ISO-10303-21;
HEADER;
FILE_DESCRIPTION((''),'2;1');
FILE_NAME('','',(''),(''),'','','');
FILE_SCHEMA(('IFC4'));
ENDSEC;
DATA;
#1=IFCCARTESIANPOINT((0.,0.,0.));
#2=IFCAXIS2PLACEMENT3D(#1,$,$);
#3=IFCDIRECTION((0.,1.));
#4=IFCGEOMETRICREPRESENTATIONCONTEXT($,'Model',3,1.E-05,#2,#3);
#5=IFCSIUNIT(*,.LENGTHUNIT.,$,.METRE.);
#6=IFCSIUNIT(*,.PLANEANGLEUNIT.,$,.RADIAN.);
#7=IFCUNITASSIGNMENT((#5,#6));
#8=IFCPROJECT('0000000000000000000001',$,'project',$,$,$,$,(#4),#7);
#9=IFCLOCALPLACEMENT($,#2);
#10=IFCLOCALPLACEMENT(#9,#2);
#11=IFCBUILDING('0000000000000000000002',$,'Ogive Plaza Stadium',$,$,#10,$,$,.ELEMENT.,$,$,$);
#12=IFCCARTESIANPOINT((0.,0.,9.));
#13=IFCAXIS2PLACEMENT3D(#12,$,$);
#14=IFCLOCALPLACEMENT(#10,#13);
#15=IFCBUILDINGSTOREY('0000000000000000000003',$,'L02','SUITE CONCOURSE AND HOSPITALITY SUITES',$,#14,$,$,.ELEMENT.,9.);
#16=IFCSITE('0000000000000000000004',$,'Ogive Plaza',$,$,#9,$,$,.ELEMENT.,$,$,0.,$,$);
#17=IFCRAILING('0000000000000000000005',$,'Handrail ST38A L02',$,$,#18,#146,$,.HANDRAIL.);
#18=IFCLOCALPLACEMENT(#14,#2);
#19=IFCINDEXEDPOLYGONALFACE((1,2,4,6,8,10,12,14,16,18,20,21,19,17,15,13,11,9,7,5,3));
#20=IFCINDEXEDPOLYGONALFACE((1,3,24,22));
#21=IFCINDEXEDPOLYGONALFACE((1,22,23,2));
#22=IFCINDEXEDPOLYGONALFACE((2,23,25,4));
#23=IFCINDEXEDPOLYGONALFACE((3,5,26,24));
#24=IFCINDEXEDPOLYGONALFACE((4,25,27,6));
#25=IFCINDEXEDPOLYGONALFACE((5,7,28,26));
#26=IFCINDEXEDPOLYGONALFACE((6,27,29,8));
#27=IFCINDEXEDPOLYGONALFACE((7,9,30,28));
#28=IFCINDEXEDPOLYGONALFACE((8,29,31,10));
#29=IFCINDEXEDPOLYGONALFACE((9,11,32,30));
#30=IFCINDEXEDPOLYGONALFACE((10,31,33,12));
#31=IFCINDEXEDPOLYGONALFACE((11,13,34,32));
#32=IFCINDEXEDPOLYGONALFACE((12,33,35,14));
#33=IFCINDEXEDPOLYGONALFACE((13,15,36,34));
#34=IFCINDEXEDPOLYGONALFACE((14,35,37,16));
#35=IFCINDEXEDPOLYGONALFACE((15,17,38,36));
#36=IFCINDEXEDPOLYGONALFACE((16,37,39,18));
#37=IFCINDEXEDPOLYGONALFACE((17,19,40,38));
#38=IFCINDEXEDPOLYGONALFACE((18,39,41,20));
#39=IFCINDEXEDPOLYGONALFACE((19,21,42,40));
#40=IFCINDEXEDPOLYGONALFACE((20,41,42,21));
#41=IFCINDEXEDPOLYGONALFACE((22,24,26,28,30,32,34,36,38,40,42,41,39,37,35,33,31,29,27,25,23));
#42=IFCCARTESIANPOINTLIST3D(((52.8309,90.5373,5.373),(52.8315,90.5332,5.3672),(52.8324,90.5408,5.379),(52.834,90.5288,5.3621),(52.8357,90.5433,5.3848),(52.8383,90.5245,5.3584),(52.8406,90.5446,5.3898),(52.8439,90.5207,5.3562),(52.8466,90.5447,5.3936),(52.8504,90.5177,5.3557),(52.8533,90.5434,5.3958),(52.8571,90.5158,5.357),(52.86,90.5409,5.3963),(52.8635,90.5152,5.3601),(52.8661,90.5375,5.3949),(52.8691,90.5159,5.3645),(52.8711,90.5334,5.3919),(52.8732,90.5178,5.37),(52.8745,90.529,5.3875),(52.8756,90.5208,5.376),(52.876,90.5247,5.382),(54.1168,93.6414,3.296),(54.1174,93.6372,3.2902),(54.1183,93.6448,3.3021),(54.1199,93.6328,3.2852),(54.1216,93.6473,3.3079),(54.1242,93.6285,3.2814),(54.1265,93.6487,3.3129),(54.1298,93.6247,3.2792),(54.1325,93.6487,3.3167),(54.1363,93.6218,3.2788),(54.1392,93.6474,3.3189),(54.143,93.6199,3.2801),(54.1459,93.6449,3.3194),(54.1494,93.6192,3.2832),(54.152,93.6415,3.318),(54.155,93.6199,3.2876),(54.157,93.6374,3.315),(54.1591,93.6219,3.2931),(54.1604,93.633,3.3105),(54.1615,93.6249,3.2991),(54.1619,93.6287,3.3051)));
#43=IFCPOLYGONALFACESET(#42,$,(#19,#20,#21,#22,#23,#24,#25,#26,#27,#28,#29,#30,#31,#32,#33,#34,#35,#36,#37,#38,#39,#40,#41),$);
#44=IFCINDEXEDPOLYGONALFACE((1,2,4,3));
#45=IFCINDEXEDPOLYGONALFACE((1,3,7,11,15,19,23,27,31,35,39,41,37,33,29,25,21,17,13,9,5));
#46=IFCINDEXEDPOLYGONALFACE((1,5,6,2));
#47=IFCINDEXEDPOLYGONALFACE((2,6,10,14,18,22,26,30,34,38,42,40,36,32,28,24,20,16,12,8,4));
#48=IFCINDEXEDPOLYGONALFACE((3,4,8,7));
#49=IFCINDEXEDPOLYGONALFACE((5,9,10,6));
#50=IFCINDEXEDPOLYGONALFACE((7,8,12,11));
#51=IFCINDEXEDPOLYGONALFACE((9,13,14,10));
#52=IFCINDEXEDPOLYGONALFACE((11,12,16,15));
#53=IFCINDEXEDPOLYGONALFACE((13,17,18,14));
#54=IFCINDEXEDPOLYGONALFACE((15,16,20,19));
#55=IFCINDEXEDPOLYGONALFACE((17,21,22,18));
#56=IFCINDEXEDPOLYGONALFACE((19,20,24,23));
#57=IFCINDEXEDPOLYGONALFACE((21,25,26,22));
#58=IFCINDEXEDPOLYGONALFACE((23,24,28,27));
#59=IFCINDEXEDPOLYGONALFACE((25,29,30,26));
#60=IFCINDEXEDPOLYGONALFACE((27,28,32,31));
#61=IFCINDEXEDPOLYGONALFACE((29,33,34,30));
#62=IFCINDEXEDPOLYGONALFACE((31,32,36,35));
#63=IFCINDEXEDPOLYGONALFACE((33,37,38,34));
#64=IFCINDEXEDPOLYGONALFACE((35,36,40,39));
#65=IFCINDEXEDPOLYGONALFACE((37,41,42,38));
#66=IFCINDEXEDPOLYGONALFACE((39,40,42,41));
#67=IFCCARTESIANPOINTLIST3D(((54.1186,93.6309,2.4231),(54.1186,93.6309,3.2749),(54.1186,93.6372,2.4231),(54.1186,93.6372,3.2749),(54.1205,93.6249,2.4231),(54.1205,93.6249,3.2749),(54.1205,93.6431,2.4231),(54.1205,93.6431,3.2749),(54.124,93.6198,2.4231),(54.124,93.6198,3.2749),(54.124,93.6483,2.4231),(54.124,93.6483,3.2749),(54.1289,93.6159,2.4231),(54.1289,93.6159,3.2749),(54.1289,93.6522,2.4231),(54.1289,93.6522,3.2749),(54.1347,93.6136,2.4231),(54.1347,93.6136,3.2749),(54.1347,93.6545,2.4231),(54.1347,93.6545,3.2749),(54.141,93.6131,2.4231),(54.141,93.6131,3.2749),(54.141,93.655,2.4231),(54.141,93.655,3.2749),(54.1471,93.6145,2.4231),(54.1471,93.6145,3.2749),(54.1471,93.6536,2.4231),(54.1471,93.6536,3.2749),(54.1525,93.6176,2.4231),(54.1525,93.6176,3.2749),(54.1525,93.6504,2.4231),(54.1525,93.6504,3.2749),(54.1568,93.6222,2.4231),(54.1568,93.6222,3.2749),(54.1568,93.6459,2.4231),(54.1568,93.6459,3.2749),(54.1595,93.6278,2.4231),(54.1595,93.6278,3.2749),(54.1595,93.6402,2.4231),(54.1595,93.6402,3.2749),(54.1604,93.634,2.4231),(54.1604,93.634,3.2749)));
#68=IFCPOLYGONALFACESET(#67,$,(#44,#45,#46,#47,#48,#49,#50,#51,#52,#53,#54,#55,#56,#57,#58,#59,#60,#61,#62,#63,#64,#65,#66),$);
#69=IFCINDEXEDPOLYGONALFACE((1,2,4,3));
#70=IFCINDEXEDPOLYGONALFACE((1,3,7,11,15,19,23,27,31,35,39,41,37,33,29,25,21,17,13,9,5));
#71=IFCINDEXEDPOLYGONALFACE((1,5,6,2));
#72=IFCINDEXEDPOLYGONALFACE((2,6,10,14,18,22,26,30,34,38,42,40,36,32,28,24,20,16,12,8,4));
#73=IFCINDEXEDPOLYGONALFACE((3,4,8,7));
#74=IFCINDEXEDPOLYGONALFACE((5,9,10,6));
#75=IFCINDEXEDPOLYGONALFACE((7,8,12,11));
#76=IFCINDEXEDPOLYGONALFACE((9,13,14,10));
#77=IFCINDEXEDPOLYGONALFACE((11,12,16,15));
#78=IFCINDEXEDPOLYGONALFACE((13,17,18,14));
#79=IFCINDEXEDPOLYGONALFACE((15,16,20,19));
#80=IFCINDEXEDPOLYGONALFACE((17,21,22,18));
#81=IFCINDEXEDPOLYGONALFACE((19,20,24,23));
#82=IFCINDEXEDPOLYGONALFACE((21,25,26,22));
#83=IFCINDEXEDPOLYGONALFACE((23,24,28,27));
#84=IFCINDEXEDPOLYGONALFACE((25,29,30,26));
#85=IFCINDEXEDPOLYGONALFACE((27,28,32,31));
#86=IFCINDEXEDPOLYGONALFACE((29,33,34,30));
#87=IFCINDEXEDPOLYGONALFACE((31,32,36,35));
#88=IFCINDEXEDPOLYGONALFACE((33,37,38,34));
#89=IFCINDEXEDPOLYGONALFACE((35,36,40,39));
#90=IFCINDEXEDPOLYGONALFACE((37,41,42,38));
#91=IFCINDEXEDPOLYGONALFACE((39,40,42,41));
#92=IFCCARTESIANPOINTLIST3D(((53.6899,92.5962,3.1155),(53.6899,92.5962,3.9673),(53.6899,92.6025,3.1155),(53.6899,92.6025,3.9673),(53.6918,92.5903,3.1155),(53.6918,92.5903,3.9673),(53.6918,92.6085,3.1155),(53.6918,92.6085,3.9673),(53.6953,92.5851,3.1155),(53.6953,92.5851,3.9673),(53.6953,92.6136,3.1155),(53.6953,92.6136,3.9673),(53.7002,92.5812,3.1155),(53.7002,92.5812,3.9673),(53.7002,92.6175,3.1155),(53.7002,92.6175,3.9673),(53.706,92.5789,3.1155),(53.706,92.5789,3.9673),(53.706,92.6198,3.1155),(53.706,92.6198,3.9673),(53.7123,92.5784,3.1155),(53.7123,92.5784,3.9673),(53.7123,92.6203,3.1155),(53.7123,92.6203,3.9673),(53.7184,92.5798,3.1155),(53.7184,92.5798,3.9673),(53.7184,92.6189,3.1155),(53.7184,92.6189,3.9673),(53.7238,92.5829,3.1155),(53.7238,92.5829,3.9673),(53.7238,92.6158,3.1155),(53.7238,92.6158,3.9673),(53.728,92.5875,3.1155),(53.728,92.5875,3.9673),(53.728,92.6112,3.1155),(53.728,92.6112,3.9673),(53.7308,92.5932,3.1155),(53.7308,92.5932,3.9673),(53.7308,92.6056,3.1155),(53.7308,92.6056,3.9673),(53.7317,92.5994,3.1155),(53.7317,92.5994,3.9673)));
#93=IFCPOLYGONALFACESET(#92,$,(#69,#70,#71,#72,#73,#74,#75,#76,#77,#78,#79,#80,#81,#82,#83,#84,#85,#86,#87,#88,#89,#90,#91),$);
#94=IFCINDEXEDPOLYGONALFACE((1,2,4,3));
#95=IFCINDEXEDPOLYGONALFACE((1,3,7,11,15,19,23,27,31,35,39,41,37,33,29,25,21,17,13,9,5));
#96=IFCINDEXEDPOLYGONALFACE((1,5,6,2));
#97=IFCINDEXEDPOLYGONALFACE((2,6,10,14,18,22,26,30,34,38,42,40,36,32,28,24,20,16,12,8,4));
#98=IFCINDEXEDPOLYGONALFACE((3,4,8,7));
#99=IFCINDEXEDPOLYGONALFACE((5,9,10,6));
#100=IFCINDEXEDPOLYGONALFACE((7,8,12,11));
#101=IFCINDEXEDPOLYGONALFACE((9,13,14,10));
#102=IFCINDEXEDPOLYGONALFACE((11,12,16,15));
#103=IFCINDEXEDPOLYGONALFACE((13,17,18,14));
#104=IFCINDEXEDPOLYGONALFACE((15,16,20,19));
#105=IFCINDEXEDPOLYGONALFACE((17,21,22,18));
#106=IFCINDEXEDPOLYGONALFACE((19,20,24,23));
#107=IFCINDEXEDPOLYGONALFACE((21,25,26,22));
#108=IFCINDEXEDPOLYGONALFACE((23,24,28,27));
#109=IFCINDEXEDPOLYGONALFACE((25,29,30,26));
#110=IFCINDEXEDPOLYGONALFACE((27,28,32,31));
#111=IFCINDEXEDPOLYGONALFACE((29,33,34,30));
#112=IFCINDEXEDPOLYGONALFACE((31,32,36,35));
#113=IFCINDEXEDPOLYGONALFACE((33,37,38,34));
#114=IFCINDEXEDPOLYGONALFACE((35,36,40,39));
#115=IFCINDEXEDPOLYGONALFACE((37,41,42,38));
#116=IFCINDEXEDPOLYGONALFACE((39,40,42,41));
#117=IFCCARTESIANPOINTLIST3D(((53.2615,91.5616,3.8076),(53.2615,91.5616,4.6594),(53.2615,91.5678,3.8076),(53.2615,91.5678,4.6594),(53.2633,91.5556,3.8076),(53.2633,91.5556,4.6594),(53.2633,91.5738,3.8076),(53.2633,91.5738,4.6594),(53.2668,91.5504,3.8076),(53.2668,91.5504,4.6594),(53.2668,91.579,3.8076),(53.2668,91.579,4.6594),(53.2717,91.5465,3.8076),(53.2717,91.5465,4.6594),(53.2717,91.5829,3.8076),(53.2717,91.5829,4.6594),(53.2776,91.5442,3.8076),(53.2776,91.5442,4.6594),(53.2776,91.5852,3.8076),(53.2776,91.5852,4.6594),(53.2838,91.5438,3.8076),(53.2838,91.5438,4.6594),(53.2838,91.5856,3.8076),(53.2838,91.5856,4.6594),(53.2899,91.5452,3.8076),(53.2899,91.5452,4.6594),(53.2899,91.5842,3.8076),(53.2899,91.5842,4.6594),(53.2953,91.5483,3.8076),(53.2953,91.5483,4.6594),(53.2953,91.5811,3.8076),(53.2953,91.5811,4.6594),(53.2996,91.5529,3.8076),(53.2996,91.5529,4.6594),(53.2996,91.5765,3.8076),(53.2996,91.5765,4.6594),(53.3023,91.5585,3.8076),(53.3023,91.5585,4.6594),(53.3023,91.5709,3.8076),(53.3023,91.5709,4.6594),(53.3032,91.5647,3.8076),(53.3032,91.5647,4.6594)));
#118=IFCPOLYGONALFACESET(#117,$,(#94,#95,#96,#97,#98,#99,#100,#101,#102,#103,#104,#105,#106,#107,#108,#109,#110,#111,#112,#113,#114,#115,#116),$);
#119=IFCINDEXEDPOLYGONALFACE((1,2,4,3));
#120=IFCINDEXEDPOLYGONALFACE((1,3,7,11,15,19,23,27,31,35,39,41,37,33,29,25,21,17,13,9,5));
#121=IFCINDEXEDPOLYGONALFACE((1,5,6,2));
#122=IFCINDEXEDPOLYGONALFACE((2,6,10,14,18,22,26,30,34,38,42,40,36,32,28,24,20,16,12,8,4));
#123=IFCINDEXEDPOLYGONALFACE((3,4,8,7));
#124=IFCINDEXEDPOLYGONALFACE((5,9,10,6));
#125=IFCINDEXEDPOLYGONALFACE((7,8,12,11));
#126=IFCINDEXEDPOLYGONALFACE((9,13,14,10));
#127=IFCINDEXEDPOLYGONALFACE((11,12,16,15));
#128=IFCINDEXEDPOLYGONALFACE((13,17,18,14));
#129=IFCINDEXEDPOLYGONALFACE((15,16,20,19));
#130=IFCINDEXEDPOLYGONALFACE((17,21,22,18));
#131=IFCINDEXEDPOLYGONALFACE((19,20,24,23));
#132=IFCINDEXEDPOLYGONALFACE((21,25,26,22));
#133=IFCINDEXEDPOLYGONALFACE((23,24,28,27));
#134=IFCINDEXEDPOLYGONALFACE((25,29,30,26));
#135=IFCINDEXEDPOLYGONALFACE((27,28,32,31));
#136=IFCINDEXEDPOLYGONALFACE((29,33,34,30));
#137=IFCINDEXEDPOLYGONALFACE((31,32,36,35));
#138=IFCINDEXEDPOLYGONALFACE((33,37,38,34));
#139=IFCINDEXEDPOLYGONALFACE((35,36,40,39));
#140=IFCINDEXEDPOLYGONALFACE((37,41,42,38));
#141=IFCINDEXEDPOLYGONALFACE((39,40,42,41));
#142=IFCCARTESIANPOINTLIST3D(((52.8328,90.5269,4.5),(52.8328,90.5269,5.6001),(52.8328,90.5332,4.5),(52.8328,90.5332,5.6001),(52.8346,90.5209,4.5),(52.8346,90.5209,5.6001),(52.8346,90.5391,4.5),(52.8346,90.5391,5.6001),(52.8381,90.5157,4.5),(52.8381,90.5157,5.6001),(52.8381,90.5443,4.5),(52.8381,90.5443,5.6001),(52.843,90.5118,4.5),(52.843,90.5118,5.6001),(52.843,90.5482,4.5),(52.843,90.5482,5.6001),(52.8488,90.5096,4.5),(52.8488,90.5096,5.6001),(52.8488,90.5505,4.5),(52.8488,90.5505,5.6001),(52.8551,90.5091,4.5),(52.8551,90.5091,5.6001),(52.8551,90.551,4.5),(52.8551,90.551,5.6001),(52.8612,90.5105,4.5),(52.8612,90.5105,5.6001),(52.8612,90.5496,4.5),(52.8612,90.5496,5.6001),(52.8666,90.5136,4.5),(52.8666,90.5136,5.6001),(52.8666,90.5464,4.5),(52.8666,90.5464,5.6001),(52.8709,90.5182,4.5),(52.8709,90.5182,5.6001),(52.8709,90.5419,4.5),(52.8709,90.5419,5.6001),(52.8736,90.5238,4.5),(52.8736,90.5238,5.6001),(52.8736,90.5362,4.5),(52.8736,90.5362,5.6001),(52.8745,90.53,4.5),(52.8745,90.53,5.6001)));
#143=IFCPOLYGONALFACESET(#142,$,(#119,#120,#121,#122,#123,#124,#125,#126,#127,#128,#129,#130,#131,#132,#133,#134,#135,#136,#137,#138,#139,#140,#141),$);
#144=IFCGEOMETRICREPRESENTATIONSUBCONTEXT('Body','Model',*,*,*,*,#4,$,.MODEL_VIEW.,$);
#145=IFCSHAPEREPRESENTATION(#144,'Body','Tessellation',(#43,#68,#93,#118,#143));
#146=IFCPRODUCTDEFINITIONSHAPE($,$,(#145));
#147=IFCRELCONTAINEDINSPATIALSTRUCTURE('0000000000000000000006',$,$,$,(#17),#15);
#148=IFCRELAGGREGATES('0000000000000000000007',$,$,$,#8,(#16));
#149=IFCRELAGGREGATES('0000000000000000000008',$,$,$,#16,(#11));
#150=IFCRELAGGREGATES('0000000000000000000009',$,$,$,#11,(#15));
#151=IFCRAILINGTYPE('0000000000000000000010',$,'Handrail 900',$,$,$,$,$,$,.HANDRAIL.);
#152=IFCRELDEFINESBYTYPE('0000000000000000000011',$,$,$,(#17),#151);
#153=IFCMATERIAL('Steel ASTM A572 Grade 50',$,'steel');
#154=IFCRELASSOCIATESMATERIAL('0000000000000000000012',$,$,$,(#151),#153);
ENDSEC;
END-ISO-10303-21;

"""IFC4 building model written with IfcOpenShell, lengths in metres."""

from ifc_helpers import new_model, si_unit, direction, frame, origin, origin_2d, place, context, subcontext, project, spatial, circle, extrude, material, type_object, element, save


model = new_model("IFC4")

# Units and contexts
model_context = context("Model", 3, precision=1e-05, world=origin(), true_north=direction((0.0, 1.0)))
body_context = subcontext(model_context, "Body", "Model", "MODEL_VIEW")
ifc_project = project(units=[si_unit("LENGTHUNIT", "METRE"), si_unit("PLANEANGLEUNIT", "RADIAN")], contexts=[model_context])

# Site, building, storey
site_placement = place(None, origin())
site = spatial("IfcSite", under=ifc_project, at=site_placement, Name="Ogive Plaza", CompositionType="ELEMENT", RefElevation=0.0)
building_placement = place(site_placement, origin())
building = spatial("IfcBuilding", under=site, at=building_placement, Name="Ogive Plaza Stadium", CompositionType="ELEMENT")
storey_placement = place(building_placement, frame((0.0, 0.0, 9.0)))
storey = spatial("IfcBuildingStorey", under=building, at=storey_placement, Name="L02", Description="SUITE CONCOURSE AND HOSPITALITY SUITES", CompositionType="ELEMENT", Elevation=9.0)

# Railing
ifc_material_1 = material(Name="Steel ASTM A572 Grade 50", Category="steel")
railing_type_1 = type_object("IfcRailingType", Name="Handrail 900", PredefinedType="HANDRAIL", material=ifc_material_1)
railing_1_placement = place(storey_placement, frame((54.1394, 93.634, 2.4231)))
element("IfcRailing", 1, at=railing_1_placement, inside=storey, type_object=railing_type_1, Name="Handrail ST38A L02", PredefinedType="HANDRAIL", context=body_context, shape_type="SweptSolid", body=[
    extrude(circle(Radius=0.0239, at=origin_2d()), frame((0.0, 0.0, 0.876), z_axis=(-0.325548, -0.785839, 0.525809), x_axis=(0.923862, -0.382726, 0.0)), (0.0, 0.0, 1.0), 3.95),
    extrude(circle(Radius=0.021, at=origin_2d()), origin(), (0.0, 0.0, 1.0), 0.8518),
    extrude(circle(Radius=0.021, at=origin_2d()), frame((-0.4287, -1.0347, 0.6924)), (0.0, 0.0, 1.0), 0.8518),
    extrude(circle(Radius=0.021, at=origin_2d()), frame((-0.8572, -2.0693, 1.3845)), (0.0, 0.0, 1.0), 0.8518),
    extrude(circle(Radius=0.021, at=origin_2d()), frame((-1.2859, -3.104, 2.0769)), (0.0, 0.0, 1.0), 1.1001),
])

save(model, "model.ifc")
